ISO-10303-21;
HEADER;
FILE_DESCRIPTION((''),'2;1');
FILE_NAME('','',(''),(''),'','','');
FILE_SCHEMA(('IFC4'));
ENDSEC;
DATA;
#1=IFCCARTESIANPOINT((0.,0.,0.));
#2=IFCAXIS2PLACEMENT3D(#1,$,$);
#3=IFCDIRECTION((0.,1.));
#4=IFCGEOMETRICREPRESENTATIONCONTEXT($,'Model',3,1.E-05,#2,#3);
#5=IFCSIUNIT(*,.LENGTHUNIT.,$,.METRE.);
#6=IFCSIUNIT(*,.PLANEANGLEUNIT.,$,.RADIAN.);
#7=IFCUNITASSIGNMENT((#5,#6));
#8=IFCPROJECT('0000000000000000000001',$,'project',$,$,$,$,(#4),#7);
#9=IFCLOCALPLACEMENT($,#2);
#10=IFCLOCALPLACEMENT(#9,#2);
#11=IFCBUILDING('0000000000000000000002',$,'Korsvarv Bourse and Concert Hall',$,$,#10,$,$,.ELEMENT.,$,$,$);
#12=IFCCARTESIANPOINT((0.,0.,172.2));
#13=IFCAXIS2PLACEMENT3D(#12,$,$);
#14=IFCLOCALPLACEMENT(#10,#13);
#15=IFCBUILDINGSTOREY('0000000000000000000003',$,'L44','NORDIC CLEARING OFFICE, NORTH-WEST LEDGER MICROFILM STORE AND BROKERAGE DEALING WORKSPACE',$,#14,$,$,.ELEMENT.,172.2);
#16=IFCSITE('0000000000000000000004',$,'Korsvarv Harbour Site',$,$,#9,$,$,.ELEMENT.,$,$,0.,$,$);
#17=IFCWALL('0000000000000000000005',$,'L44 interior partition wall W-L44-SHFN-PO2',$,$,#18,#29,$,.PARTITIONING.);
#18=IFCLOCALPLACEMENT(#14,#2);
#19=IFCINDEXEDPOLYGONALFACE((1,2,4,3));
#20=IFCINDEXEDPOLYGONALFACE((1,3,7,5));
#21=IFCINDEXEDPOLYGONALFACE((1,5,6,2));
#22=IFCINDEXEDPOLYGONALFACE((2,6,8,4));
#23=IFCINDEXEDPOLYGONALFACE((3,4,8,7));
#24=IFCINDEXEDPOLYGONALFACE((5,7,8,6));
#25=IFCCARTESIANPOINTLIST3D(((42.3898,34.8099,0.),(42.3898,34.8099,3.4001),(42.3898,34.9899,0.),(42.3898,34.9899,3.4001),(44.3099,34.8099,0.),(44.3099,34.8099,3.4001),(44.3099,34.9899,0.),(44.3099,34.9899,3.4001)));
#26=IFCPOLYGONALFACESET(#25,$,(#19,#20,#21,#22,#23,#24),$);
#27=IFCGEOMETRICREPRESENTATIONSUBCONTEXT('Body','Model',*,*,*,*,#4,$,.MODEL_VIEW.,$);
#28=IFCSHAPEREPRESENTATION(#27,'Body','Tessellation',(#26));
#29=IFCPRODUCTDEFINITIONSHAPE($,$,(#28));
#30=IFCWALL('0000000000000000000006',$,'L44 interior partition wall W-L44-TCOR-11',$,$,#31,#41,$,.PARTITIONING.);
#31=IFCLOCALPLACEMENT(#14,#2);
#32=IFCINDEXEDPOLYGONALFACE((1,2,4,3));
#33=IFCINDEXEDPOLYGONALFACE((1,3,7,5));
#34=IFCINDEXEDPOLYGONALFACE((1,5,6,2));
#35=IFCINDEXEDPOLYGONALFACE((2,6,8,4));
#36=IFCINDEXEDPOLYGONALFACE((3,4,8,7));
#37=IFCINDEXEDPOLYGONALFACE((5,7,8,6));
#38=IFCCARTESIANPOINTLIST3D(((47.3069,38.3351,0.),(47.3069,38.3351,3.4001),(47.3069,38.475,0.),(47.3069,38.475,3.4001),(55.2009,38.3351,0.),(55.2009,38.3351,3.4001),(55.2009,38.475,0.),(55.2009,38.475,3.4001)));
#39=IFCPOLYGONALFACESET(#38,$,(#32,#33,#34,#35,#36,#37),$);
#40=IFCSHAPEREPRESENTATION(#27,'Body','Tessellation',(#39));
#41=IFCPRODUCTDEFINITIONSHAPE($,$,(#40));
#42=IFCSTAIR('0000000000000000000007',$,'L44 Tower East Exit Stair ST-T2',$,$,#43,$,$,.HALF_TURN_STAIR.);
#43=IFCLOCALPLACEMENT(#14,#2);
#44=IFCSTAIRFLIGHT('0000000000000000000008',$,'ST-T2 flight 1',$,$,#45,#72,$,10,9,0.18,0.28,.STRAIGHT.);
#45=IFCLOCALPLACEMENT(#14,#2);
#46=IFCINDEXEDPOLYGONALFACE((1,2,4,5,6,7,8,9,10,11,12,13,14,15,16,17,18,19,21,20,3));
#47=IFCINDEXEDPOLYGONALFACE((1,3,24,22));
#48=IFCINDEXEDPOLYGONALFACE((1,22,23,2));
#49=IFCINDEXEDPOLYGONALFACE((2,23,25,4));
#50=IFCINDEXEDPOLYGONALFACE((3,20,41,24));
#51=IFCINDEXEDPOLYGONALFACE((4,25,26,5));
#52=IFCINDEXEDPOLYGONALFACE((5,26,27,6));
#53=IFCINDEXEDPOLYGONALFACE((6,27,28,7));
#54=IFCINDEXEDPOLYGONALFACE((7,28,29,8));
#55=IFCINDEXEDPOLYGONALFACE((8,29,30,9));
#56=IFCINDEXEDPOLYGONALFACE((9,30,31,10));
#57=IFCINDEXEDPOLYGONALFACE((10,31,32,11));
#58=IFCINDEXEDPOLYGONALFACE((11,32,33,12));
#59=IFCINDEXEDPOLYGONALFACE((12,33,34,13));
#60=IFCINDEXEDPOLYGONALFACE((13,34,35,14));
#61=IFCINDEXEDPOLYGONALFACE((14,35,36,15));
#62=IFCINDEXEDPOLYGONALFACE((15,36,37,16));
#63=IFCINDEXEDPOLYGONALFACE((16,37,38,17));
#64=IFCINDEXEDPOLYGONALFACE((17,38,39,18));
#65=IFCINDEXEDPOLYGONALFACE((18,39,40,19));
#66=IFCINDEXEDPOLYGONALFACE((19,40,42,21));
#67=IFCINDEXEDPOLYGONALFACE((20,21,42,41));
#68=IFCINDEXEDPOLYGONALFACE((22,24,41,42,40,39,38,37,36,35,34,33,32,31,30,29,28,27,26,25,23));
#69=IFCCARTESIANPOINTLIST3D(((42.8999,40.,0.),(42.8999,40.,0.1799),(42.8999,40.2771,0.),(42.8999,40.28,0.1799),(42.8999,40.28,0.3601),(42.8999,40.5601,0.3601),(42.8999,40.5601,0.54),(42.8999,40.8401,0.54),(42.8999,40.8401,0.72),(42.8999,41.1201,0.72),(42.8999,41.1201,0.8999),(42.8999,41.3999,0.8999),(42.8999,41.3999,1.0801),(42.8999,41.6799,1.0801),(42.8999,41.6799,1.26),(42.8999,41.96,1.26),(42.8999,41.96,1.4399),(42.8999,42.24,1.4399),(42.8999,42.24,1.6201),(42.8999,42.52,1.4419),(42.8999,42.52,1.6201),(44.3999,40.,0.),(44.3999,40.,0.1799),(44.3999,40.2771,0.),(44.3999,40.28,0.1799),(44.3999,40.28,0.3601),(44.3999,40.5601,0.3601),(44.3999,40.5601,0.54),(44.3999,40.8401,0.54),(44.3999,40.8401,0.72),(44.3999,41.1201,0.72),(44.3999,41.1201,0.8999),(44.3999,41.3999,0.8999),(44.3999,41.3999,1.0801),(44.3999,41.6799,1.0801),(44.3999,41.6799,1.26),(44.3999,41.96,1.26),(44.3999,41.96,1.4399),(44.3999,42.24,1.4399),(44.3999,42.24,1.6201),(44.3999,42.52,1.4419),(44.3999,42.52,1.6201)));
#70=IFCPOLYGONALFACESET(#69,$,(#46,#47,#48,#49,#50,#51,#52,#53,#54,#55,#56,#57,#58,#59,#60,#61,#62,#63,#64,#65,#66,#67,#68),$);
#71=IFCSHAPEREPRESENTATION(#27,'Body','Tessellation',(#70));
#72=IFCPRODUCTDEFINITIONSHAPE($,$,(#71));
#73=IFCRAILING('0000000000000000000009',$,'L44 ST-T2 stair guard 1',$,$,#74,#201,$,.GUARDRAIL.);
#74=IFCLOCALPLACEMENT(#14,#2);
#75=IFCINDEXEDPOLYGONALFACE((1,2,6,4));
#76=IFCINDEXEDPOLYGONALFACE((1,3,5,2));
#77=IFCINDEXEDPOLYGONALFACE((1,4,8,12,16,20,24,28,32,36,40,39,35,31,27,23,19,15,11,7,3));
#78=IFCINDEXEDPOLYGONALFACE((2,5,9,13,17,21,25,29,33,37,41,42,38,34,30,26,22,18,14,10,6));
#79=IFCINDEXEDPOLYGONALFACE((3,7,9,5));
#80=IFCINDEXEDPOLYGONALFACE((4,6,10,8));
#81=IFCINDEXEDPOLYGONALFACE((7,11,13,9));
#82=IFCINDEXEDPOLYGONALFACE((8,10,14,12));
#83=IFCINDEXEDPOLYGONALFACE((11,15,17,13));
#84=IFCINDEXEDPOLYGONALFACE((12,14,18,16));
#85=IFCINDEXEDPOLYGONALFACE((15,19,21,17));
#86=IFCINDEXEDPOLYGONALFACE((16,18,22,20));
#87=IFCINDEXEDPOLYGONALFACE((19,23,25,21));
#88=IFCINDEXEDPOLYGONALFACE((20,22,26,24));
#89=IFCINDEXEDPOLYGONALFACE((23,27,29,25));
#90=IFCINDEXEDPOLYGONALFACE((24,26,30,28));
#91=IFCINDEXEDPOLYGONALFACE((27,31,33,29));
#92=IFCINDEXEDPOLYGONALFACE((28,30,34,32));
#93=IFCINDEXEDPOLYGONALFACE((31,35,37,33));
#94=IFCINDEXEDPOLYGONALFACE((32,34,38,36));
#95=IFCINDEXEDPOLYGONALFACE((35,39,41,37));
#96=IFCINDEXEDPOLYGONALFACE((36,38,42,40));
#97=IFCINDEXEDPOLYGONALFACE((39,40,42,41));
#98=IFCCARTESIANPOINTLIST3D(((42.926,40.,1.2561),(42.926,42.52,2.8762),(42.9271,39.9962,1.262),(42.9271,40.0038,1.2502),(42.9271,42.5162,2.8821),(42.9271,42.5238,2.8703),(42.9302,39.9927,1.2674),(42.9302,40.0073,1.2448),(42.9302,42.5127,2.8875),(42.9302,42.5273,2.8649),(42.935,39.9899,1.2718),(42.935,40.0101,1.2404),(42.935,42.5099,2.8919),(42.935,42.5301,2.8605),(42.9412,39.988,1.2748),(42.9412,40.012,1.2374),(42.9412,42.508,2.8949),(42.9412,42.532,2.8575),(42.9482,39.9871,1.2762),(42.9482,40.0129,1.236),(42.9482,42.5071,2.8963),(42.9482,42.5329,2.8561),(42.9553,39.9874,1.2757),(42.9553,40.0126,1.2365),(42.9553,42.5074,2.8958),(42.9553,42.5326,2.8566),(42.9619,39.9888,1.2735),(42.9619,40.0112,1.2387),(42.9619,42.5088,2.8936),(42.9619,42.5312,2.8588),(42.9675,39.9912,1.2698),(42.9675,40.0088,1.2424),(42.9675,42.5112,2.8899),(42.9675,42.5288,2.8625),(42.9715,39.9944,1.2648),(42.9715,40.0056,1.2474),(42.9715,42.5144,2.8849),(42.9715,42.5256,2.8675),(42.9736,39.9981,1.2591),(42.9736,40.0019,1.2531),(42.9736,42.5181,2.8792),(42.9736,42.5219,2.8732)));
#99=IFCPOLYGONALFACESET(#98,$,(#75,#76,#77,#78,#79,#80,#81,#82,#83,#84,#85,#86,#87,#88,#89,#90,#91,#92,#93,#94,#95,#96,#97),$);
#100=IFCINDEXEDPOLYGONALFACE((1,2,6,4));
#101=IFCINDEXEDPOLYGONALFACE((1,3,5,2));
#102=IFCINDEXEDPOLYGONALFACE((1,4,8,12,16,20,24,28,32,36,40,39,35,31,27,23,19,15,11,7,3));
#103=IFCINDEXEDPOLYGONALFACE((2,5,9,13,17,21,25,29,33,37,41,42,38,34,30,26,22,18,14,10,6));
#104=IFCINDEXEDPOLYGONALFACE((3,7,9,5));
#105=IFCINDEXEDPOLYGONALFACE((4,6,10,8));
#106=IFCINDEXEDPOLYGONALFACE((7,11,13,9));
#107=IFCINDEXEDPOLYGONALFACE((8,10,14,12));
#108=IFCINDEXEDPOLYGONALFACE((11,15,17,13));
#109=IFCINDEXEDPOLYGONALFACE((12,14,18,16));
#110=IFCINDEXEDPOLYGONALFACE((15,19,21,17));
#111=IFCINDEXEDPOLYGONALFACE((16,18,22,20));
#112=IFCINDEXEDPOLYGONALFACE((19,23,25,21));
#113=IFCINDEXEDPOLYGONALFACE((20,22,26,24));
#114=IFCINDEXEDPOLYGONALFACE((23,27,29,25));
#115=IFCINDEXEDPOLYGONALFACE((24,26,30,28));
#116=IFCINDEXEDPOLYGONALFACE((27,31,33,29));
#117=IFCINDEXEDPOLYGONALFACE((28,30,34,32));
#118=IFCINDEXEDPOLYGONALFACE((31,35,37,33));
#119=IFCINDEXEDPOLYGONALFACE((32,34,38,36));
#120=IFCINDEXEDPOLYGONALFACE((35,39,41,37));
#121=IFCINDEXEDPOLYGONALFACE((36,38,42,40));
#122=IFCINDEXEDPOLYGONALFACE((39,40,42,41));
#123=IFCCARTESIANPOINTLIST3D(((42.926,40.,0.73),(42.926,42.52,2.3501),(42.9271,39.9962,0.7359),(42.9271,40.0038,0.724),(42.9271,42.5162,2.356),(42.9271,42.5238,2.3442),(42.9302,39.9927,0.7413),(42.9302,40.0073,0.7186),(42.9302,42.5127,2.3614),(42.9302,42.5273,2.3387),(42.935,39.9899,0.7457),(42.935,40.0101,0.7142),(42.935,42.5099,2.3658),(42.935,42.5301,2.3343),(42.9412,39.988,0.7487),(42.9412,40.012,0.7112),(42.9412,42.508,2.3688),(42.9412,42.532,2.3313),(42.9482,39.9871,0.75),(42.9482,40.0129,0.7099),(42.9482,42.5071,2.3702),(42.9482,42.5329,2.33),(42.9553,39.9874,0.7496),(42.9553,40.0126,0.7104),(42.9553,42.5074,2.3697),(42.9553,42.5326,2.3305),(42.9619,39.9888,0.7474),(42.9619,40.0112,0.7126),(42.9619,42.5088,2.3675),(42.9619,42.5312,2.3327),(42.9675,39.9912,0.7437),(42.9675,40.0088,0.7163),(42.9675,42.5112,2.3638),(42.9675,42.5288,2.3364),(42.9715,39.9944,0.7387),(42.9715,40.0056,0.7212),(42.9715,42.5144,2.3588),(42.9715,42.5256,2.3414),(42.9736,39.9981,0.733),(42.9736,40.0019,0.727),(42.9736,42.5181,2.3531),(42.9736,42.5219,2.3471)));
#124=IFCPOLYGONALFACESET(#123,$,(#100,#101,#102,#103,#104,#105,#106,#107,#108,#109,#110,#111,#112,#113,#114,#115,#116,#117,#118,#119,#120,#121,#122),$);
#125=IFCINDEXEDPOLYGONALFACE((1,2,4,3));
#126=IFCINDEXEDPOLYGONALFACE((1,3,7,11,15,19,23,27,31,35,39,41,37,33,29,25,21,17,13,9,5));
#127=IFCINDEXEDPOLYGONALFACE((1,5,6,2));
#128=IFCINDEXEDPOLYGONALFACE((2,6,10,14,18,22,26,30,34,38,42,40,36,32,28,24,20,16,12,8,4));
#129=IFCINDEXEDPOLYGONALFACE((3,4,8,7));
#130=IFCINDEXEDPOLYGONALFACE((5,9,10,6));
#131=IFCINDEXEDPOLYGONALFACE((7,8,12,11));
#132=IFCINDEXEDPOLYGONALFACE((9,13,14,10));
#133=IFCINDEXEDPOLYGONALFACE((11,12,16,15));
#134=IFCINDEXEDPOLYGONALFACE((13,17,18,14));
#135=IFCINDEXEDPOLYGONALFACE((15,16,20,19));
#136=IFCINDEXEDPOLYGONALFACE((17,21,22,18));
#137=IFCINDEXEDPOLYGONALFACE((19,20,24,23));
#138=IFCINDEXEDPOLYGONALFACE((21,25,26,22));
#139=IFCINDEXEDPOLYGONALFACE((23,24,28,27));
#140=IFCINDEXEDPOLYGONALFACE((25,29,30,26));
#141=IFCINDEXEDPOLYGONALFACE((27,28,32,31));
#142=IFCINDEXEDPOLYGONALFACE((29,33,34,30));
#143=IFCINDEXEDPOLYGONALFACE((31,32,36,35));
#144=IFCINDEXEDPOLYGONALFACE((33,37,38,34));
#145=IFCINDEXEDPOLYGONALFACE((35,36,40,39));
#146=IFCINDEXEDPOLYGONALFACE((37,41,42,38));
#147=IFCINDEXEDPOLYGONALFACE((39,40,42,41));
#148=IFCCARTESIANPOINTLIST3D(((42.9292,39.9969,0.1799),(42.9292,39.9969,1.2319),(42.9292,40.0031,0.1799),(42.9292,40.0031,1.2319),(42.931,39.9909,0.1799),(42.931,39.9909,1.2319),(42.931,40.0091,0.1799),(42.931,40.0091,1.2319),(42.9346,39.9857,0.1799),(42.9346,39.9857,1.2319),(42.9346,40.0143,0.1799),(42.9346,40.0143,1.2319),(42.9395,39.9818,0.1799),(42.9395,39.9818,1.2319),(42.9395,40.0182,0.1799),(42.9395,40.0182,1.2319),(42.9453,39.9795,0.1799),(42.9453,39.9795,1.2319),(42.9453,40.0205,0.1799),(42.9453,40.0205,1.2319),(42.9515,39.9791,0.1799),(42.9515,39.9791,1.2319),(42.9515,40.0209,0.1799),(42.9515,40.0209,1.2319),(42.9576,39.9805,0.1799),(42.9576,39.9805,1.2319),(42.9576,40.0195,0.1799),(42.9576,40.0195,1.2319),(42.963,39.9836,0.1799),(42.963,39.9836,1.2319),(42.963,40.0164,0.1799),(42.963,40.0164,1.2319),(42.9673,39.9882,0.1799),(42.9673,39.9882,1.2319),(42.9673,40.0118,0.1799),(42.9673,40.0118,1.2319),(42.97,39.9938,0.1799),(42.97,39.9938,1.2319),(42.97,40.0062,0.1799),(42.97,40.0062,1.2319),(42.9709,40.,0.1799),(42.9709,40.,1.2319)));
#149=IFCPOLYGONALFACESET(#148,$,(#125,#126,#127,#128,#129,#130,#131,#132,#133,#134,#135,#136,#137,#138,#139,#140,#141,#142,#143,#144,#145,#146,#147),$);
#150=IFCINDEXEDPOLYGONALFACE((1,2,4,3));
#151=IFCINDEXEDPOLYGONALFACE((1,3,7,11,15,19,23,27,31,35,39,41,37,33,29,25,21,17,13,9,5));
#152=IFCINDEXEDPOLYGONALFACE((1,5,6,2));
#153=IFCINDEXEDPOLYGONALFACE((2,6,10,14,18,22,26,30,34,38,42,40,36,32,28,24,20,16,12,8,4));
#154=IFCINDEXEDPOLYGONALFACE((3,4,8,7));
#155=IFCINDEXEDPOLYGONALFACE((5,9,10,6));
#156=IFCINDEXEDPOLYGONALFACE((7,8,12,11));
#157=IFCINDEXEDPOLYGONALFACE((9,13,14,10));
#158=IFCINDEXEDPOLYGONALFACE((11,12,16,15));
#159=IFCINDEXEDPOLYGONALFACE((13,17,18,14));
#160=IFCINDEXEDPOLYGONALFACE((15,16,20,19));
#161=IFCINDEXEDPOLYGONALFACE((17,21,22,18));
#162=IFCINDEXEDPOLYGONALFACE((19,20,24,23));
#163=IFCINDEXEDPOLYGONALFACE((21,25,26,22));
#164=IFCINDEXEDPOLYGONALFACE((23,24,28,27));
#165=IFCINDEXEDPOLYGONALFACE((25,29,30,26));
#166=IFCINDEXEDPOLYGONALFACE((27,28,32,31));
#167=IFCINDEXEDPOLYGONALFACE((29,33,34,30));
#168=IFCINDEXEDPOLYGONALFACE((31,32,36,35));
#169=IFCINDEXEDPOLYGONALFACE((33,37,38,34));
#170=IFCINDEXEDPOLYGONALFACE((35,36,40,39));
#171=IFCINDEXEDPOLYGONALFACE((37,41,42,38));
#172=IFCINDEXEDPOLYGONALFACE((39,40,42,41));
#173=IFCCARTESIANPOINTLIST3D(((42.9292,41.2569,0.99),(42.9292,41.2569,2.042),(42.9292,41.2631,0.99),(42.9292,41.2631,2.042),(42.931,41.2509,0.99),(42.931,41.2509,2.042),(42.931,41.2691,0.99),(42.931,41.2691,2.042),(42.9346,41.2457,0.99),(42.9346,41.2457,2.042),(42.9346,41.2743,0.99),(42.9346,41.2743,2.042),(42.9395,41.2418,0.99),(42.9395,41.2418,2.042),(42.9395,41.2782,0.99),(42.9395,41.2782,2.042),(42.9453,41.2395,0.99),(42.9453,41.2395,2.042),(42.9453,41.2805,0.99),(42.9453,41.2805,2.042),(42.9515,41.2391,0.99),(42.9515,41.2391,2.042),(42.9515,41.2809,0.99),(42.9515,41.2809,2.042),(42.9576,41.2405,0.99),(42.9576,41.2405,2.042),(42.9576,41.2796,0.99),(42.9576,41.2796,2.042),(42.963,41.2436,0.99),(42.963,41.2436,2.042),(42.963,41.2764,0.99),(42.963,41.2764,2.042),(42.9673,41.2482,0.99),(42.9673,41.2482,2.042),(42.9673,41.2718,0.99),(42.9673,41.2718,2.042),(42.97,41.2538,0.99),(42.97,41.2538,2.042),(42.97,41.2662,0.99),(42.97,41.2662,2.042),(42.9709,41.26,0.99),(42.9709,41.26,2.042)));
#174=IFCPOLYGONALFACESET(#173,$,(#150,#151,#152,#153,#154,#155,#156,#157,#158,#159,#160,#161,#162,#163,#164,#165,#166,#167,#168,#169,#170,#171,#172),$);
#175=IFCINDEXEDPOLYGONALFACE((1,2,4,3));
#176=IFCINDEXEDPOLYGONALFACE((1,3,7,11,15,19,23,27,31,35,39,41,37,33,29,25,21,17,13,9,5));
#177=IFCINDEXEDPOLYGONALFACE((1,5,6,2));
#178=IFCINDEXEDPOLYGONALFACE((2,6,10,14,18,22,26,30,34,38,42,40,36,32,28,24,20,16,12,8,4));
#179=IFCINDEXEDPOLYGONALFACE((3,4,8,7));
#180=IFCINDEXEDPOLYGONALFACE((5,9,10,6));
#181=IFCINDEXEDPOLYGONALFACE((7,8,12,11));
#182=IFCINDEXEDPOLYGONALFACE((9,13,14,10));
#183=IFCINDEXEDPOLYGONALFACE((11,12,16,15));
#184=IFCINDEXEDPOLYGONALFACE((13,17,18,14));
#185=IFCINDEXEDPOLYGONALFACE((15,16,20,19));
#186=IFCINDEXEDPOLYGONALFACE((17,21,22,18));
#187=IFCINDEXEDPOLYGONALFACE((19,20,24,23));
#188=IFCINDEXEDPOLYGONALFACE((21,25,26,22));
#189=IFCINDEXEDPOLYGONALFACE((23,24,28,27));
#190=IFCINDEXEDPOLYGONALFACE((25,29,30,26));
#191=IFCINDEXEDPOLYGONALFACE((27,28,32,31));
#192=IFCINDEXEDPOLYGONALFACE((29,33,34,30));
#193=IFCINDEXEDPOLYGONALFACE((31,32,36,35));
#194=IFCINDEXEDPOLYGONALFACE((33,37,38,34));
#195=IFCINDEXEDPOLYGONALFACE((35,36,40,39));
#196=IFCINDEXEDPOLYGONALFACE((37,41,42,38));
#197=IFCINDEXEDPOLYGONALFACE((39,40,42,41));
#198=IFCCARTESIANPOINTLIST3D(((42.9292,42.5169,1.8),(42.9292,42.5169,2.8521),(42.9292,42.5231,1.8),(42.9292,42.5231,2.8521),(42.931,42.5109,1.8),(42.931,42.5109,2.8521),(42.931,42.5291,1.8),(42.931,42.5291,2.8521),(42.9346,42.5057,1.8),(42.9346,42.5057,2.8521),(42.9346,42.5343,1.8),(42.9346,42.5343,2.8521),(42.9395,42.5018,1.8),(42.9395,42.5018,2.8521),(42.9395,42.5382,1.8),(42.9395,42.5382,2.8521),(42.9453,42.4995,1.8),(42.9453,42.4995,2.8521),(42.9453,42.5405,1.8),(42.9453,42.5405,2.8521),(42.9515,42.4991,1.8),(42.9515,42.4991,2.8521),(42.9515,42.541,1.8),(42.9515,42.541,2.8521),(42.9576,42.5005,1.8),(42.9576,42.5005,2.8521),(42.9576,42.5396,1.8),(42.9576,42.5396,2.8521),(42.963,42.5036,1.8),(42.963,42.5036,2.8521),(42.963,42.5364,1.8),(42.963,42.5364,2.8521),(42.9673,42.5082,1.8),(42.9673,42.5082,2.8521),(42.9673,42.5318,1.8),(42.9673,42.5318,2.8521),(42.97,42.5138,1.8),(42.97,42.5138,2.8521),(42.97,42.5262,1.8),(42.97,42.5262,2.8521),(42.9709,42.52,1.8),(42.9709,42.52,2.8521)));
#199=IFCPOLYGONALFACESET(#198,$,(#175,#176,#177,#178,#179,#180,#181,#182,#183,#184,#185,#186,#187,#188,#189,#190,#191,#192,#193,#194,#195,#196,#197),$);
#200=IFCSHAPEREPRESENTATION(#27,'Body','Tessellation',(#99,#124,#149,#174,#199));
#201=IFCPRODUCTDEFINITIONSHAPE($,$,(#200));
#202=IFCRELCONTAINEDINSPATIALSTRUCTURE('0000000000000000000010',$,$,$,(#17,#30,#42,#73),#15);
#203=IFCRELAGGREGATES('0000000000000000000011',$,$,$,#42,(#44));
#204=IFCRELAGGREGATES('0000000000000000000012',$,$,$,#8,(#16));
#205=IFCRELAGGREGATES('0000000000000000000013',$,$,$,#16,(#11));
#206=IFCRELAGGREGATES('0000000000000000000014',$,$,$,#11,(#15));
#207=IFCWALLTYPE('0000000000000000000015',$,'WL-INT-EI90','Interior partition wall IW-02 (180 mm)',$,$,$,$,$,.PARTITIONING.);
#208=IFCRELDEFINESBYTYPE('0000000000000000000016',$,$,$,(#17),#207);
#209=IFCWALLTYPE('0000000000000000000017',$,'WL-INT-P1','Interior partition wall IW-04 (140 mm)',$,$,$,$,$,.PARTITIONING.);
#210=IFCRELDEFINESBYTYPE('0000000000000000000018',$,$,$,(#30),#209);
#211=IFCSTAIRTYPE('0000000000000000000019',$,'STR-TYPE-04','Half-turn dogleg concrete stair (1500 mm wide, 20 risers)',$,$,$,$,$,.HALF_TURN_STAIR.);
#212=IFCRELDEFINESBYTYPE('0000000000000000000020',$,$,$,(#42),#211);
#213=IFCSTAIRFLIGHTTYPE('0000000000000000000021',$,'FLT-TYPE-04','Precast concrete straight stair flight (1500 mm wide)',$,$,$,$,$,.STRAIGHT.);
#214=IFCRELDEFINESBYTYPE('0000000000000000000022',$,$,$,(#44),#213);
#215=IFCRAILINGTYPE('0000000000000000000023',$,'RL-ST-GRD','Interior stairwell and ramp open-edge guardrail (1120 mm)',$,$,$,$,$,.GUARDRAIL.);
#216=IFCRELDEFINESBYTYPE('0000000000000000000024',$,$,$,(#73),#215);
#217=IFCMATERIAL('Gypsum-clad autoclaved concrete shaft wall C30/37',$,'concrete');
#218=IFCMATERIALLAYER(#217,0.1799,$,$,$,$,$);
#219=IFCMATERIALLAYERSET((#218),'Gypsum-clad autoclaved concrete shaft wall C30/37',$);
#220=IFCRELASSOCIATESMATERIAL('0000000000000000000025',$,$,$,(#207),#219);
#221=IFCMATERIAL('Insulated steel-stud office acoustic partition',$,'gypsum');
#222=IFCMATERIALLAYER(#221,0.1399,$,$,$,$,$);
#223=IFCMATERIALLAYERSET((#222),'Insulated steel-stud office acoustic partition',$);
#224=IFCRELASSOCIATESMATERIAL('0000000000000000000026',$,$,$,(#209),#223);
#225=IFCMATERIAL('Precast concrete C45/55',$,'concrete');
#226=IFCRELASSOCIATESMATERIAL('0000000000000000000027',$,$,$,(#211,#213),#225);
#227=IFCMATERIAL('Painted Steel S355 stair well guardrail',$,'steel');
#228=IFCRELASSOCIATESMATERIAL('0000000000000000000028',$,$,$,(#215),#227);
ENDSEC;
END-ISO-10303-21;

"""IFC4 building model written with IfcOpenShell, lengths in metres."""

from ifc_helpers import new_model, si_unit, direction, frame, frame_2d, origin, origin_2d, place, context, subcontext, project, spatial, polyline, rectangle, circle, outline, extrude, material, layer, layer_set, type_object, element, aggregate, save


model = new_model("IFC4")

# Units and contexts
model_context = context("Model", 3, precision=1e-05, world=origin(), true_north=direction((0.0, 1.0)))
body_context = subcontext(model_context, "Body", "Model", "MODEL_VIEW")
ifc_project = project(units=[si_unit("LENGTHUNIT", "METRE"), si_unit("PLANEANGLEUNIT", "RADIAN")], contexts=[model_context])

# Site, building, storey
site_placement = place(None, origin())
site = spatial("IfcSite", under=ifc_project, at=site_placement, Name="Korsvarv Harbour Site", CompositionType="ELEMENT", RefElevation=0.0)
building_placement = place(site_placement, origin())
building = spatial("IfcBuilding", under=site, at=building_placement, Name="Korsvarv Bourse and Concert Hall", CompositionType="ELEMENT")
storey_placement = place(building_placement, frame((0.0, 0.0, 172.2)))
storey = spatial("IfcBuildingStorey", under=building, at=storey_placement, Name="L44", Description="NORDIC CLEARING OFFICE, NORTH-WEST LEDGER MICROFILM STORE AND BROKERAGE DEALING WORKSPACE", CompositionType="ELEMENT", Elevation=172.2)

# Walls
ifc_material_1 = material(Name="Gypsum-clad autoclaved concrete shaft wall C30/37", Category="concrete")
ifc_layer_1 = layer(ifc_material_1, 0.1799)
ifc_layer_set_1 = layer_set([ifc_layer_1], Name="Gypsum-clad autoclaved concrete shaft wall C30/37")
wall_type_1 = type_object("IfcWallType", Name="WL-INT-EI90", Description="Interior partition wall IW-02 (180 mm)", PredefinedType="PARTITIONING", material=ifc_layer_set_1)
wall_1_placement = place(storey_placement, frame((42.3899, 34.8999, 0.0), z_axis=(0.0, 0.0, 1.0), x_axis=(1.0, 0.0, 0.0)))
element("IfcWall", 1, at=wall_1_placement, inside=storey, type_object=wall_type_1, Name="L44 interior partition wall W-L44-SHFN-PO2", PredefinedType="PARTITIONING", context=body_context, shape_type="SweptSolid", body=[
    extrude(rectangle(XDim=1.9202, YDim=0.1799, at=frame_2d((0.96, 0.0))), origin(), (0.0, 0.0, 1.0), 3.4001),
])
ifc_material_2 = material(Name="Insulated steel-stud office acoustic partition", Category="gypsum")
ifc_layer_2 = layer(ifc_material_2, 0.1399)
ifc_layer_set_2 = layer_set([ifc_layer_2], Name="Insulated steel-stud office acoustic partition")
wall_type_2 = type_object("IfcWallType", Name="WL-INT-P1", Description="Interior partition wall IW-04 (140 mm)", PredefinedType="PARTITIONING", material=ifc_layer_set_2)
wall_2_placement = place(storey_placement, frame((47.3069, 38.405, 0.0), z_axis=(0.0, 0.0, 1.0), x_axis=(1.0, 0.0, 0.0)))
element("IfcWall", 2, at=wall_2_placement, inside=storey, type_object=wall_type_2, Name="L44 interior partition wall W-L44-TCOR-11", PredefinedType="PARTITIONING", context=body_context, shape_type="SweptSolid", body=[
    extrude(rectangle(XDim=7.894, YDim=0.1399, at=frame_2d((3.947, 0.0))), origin(), (0.0, 0.0, 1.0), 3.4001),
])

# Stair, stair flight
ifc_material_3 = material(Name="Precast concrete C45/55", Category="concrete")
stair_type = type_object("IfcStairType", Name="STR-TYPE-04", Description="Half-turn dogleg concrete stair (1500 mm wide, 20 risers)", PredefinedType="HALF_TURN_STAIR", material=ifc_material_3)
stair_placement = place(storey_placement, origin())
stair = element("IfcStair", 3, at=stair_placement, inside=storey, type_object=stair_type, Name="L44 Tower East Exit Stair ST-T2", PredefinedType="HALF_TURN_STAIR")
stair_flight_type = type_object("IfcStairFlightType", Name="FLT-TYPE-04", Description="Precast concrete straight stair flight (1500 mm wide)", PredefinedType="STRAIGHT", material=ifc_material_3)
stair_flight_placement = place(storey_placement, frame((43.6499, 40.0, 0.0), z_axis=(0.0, 0.0, 1.0), x_axis=(0.0, 1.0, 0.0)))
stair_flight = element("IfcStairFlight", 4, at=stair_flight_placement, type_object=stair_flight_type, Name="ST-T2 flight 1", NumberOfRisers=10, NumberOfTreads=9, PredefinedType="STRAIGHT", RiserHeight=0.18, TreadLength=0.28, context=body_context, shape_type="SweptSolid", body=[
    extrude(outline(polyline([(0.0, 0.0), (0.0, 0.1799), (0.28, 0.1799), (0.28, 0.3601), (0.5601, 0.3601), (0.5601, 0.54), (0.8401, 0.54), (0.8401, 0.72), (1.1201, 0.72), (1.1201, 0.8999), (1.3999, 0.8999), (1.3999, 1.0801), (1.6799, 1.0801), (1.6799, 1.26), (1.96, 1.26), (1.96, 1.4399), (2.24, 1.4399), (2.24, 1.6201), (2.52, 1.6201), (2.52, 1.8), (2.52, 1.4419), (0.2771, 0.0), (0.0, 0.0)])), frame((0.0, 0.75, 0.0), z_axis=(0.0, -1.0, 0.0), x_axis=(1.0, 0.0, 0.0)), (0.0, 0.0, 1.0), 1.5),
])
aggregate(stair, [stair_flight])

# Railing
ifc_material_4 = material(Name="Painted Steel S355 stair well guardrail", Category="steel")
railing_type_1 = type_object("IfcRailingType", Name="RL-ST-GRD", Description="Interior stairwell and ramp open-edge guardrail (1120 mm)", PredefinedType="GUARDRAIL", material=ifc_material_4)
railing_1_placement = place(storey_placement, frame((42.95, 40.0, 0.1799)))
element("IfcRailing", 5, at=railing_1_placement, inside=storey, type_object=railing_type_1, Name="L44 ST-T2 stair guard 1", PredefinedType="GUARDRAIL", context=body_context, shape_type="SweptSolid", body=[
    extrude(circle(Radius=0.0239, at=origin_2d()), frame((0.0, 0.0, 1.0762), z_axis=(0.0, 0.841163, 0.540782), x_axis=(-1.0, 0.0, 0.0)), (0.0, 0.0, 1.0), 2.9958),
    extrude(circle(Radius=0.0239, at=origin_2d()), frame((0.0, 0.0, 0.55), z_axis=(0.0, 0.841163, 0.540782), x_axis=(-1.0, 0.0, 0.0)), (0.0, 0.0, 1.0), 2.9958),
    extrude(circle(Radius=0.021, at=origin_2d()), origin(), (0.0, 0.0, 1.0), 1.052),
    extrude(circle(Radius=0.021, at=origin_2d()), frame((0.0, 1.26, 0.8101)), (0.0, 0.0, 1.0), 1.052),
    extrude(circle(Radius=0.021, at=origin_2d()), frame((0.0, 2.52, 1.6201)), (0.0, 0.0, 1.0), 1.052),
])

save(model, "model.ifc")
